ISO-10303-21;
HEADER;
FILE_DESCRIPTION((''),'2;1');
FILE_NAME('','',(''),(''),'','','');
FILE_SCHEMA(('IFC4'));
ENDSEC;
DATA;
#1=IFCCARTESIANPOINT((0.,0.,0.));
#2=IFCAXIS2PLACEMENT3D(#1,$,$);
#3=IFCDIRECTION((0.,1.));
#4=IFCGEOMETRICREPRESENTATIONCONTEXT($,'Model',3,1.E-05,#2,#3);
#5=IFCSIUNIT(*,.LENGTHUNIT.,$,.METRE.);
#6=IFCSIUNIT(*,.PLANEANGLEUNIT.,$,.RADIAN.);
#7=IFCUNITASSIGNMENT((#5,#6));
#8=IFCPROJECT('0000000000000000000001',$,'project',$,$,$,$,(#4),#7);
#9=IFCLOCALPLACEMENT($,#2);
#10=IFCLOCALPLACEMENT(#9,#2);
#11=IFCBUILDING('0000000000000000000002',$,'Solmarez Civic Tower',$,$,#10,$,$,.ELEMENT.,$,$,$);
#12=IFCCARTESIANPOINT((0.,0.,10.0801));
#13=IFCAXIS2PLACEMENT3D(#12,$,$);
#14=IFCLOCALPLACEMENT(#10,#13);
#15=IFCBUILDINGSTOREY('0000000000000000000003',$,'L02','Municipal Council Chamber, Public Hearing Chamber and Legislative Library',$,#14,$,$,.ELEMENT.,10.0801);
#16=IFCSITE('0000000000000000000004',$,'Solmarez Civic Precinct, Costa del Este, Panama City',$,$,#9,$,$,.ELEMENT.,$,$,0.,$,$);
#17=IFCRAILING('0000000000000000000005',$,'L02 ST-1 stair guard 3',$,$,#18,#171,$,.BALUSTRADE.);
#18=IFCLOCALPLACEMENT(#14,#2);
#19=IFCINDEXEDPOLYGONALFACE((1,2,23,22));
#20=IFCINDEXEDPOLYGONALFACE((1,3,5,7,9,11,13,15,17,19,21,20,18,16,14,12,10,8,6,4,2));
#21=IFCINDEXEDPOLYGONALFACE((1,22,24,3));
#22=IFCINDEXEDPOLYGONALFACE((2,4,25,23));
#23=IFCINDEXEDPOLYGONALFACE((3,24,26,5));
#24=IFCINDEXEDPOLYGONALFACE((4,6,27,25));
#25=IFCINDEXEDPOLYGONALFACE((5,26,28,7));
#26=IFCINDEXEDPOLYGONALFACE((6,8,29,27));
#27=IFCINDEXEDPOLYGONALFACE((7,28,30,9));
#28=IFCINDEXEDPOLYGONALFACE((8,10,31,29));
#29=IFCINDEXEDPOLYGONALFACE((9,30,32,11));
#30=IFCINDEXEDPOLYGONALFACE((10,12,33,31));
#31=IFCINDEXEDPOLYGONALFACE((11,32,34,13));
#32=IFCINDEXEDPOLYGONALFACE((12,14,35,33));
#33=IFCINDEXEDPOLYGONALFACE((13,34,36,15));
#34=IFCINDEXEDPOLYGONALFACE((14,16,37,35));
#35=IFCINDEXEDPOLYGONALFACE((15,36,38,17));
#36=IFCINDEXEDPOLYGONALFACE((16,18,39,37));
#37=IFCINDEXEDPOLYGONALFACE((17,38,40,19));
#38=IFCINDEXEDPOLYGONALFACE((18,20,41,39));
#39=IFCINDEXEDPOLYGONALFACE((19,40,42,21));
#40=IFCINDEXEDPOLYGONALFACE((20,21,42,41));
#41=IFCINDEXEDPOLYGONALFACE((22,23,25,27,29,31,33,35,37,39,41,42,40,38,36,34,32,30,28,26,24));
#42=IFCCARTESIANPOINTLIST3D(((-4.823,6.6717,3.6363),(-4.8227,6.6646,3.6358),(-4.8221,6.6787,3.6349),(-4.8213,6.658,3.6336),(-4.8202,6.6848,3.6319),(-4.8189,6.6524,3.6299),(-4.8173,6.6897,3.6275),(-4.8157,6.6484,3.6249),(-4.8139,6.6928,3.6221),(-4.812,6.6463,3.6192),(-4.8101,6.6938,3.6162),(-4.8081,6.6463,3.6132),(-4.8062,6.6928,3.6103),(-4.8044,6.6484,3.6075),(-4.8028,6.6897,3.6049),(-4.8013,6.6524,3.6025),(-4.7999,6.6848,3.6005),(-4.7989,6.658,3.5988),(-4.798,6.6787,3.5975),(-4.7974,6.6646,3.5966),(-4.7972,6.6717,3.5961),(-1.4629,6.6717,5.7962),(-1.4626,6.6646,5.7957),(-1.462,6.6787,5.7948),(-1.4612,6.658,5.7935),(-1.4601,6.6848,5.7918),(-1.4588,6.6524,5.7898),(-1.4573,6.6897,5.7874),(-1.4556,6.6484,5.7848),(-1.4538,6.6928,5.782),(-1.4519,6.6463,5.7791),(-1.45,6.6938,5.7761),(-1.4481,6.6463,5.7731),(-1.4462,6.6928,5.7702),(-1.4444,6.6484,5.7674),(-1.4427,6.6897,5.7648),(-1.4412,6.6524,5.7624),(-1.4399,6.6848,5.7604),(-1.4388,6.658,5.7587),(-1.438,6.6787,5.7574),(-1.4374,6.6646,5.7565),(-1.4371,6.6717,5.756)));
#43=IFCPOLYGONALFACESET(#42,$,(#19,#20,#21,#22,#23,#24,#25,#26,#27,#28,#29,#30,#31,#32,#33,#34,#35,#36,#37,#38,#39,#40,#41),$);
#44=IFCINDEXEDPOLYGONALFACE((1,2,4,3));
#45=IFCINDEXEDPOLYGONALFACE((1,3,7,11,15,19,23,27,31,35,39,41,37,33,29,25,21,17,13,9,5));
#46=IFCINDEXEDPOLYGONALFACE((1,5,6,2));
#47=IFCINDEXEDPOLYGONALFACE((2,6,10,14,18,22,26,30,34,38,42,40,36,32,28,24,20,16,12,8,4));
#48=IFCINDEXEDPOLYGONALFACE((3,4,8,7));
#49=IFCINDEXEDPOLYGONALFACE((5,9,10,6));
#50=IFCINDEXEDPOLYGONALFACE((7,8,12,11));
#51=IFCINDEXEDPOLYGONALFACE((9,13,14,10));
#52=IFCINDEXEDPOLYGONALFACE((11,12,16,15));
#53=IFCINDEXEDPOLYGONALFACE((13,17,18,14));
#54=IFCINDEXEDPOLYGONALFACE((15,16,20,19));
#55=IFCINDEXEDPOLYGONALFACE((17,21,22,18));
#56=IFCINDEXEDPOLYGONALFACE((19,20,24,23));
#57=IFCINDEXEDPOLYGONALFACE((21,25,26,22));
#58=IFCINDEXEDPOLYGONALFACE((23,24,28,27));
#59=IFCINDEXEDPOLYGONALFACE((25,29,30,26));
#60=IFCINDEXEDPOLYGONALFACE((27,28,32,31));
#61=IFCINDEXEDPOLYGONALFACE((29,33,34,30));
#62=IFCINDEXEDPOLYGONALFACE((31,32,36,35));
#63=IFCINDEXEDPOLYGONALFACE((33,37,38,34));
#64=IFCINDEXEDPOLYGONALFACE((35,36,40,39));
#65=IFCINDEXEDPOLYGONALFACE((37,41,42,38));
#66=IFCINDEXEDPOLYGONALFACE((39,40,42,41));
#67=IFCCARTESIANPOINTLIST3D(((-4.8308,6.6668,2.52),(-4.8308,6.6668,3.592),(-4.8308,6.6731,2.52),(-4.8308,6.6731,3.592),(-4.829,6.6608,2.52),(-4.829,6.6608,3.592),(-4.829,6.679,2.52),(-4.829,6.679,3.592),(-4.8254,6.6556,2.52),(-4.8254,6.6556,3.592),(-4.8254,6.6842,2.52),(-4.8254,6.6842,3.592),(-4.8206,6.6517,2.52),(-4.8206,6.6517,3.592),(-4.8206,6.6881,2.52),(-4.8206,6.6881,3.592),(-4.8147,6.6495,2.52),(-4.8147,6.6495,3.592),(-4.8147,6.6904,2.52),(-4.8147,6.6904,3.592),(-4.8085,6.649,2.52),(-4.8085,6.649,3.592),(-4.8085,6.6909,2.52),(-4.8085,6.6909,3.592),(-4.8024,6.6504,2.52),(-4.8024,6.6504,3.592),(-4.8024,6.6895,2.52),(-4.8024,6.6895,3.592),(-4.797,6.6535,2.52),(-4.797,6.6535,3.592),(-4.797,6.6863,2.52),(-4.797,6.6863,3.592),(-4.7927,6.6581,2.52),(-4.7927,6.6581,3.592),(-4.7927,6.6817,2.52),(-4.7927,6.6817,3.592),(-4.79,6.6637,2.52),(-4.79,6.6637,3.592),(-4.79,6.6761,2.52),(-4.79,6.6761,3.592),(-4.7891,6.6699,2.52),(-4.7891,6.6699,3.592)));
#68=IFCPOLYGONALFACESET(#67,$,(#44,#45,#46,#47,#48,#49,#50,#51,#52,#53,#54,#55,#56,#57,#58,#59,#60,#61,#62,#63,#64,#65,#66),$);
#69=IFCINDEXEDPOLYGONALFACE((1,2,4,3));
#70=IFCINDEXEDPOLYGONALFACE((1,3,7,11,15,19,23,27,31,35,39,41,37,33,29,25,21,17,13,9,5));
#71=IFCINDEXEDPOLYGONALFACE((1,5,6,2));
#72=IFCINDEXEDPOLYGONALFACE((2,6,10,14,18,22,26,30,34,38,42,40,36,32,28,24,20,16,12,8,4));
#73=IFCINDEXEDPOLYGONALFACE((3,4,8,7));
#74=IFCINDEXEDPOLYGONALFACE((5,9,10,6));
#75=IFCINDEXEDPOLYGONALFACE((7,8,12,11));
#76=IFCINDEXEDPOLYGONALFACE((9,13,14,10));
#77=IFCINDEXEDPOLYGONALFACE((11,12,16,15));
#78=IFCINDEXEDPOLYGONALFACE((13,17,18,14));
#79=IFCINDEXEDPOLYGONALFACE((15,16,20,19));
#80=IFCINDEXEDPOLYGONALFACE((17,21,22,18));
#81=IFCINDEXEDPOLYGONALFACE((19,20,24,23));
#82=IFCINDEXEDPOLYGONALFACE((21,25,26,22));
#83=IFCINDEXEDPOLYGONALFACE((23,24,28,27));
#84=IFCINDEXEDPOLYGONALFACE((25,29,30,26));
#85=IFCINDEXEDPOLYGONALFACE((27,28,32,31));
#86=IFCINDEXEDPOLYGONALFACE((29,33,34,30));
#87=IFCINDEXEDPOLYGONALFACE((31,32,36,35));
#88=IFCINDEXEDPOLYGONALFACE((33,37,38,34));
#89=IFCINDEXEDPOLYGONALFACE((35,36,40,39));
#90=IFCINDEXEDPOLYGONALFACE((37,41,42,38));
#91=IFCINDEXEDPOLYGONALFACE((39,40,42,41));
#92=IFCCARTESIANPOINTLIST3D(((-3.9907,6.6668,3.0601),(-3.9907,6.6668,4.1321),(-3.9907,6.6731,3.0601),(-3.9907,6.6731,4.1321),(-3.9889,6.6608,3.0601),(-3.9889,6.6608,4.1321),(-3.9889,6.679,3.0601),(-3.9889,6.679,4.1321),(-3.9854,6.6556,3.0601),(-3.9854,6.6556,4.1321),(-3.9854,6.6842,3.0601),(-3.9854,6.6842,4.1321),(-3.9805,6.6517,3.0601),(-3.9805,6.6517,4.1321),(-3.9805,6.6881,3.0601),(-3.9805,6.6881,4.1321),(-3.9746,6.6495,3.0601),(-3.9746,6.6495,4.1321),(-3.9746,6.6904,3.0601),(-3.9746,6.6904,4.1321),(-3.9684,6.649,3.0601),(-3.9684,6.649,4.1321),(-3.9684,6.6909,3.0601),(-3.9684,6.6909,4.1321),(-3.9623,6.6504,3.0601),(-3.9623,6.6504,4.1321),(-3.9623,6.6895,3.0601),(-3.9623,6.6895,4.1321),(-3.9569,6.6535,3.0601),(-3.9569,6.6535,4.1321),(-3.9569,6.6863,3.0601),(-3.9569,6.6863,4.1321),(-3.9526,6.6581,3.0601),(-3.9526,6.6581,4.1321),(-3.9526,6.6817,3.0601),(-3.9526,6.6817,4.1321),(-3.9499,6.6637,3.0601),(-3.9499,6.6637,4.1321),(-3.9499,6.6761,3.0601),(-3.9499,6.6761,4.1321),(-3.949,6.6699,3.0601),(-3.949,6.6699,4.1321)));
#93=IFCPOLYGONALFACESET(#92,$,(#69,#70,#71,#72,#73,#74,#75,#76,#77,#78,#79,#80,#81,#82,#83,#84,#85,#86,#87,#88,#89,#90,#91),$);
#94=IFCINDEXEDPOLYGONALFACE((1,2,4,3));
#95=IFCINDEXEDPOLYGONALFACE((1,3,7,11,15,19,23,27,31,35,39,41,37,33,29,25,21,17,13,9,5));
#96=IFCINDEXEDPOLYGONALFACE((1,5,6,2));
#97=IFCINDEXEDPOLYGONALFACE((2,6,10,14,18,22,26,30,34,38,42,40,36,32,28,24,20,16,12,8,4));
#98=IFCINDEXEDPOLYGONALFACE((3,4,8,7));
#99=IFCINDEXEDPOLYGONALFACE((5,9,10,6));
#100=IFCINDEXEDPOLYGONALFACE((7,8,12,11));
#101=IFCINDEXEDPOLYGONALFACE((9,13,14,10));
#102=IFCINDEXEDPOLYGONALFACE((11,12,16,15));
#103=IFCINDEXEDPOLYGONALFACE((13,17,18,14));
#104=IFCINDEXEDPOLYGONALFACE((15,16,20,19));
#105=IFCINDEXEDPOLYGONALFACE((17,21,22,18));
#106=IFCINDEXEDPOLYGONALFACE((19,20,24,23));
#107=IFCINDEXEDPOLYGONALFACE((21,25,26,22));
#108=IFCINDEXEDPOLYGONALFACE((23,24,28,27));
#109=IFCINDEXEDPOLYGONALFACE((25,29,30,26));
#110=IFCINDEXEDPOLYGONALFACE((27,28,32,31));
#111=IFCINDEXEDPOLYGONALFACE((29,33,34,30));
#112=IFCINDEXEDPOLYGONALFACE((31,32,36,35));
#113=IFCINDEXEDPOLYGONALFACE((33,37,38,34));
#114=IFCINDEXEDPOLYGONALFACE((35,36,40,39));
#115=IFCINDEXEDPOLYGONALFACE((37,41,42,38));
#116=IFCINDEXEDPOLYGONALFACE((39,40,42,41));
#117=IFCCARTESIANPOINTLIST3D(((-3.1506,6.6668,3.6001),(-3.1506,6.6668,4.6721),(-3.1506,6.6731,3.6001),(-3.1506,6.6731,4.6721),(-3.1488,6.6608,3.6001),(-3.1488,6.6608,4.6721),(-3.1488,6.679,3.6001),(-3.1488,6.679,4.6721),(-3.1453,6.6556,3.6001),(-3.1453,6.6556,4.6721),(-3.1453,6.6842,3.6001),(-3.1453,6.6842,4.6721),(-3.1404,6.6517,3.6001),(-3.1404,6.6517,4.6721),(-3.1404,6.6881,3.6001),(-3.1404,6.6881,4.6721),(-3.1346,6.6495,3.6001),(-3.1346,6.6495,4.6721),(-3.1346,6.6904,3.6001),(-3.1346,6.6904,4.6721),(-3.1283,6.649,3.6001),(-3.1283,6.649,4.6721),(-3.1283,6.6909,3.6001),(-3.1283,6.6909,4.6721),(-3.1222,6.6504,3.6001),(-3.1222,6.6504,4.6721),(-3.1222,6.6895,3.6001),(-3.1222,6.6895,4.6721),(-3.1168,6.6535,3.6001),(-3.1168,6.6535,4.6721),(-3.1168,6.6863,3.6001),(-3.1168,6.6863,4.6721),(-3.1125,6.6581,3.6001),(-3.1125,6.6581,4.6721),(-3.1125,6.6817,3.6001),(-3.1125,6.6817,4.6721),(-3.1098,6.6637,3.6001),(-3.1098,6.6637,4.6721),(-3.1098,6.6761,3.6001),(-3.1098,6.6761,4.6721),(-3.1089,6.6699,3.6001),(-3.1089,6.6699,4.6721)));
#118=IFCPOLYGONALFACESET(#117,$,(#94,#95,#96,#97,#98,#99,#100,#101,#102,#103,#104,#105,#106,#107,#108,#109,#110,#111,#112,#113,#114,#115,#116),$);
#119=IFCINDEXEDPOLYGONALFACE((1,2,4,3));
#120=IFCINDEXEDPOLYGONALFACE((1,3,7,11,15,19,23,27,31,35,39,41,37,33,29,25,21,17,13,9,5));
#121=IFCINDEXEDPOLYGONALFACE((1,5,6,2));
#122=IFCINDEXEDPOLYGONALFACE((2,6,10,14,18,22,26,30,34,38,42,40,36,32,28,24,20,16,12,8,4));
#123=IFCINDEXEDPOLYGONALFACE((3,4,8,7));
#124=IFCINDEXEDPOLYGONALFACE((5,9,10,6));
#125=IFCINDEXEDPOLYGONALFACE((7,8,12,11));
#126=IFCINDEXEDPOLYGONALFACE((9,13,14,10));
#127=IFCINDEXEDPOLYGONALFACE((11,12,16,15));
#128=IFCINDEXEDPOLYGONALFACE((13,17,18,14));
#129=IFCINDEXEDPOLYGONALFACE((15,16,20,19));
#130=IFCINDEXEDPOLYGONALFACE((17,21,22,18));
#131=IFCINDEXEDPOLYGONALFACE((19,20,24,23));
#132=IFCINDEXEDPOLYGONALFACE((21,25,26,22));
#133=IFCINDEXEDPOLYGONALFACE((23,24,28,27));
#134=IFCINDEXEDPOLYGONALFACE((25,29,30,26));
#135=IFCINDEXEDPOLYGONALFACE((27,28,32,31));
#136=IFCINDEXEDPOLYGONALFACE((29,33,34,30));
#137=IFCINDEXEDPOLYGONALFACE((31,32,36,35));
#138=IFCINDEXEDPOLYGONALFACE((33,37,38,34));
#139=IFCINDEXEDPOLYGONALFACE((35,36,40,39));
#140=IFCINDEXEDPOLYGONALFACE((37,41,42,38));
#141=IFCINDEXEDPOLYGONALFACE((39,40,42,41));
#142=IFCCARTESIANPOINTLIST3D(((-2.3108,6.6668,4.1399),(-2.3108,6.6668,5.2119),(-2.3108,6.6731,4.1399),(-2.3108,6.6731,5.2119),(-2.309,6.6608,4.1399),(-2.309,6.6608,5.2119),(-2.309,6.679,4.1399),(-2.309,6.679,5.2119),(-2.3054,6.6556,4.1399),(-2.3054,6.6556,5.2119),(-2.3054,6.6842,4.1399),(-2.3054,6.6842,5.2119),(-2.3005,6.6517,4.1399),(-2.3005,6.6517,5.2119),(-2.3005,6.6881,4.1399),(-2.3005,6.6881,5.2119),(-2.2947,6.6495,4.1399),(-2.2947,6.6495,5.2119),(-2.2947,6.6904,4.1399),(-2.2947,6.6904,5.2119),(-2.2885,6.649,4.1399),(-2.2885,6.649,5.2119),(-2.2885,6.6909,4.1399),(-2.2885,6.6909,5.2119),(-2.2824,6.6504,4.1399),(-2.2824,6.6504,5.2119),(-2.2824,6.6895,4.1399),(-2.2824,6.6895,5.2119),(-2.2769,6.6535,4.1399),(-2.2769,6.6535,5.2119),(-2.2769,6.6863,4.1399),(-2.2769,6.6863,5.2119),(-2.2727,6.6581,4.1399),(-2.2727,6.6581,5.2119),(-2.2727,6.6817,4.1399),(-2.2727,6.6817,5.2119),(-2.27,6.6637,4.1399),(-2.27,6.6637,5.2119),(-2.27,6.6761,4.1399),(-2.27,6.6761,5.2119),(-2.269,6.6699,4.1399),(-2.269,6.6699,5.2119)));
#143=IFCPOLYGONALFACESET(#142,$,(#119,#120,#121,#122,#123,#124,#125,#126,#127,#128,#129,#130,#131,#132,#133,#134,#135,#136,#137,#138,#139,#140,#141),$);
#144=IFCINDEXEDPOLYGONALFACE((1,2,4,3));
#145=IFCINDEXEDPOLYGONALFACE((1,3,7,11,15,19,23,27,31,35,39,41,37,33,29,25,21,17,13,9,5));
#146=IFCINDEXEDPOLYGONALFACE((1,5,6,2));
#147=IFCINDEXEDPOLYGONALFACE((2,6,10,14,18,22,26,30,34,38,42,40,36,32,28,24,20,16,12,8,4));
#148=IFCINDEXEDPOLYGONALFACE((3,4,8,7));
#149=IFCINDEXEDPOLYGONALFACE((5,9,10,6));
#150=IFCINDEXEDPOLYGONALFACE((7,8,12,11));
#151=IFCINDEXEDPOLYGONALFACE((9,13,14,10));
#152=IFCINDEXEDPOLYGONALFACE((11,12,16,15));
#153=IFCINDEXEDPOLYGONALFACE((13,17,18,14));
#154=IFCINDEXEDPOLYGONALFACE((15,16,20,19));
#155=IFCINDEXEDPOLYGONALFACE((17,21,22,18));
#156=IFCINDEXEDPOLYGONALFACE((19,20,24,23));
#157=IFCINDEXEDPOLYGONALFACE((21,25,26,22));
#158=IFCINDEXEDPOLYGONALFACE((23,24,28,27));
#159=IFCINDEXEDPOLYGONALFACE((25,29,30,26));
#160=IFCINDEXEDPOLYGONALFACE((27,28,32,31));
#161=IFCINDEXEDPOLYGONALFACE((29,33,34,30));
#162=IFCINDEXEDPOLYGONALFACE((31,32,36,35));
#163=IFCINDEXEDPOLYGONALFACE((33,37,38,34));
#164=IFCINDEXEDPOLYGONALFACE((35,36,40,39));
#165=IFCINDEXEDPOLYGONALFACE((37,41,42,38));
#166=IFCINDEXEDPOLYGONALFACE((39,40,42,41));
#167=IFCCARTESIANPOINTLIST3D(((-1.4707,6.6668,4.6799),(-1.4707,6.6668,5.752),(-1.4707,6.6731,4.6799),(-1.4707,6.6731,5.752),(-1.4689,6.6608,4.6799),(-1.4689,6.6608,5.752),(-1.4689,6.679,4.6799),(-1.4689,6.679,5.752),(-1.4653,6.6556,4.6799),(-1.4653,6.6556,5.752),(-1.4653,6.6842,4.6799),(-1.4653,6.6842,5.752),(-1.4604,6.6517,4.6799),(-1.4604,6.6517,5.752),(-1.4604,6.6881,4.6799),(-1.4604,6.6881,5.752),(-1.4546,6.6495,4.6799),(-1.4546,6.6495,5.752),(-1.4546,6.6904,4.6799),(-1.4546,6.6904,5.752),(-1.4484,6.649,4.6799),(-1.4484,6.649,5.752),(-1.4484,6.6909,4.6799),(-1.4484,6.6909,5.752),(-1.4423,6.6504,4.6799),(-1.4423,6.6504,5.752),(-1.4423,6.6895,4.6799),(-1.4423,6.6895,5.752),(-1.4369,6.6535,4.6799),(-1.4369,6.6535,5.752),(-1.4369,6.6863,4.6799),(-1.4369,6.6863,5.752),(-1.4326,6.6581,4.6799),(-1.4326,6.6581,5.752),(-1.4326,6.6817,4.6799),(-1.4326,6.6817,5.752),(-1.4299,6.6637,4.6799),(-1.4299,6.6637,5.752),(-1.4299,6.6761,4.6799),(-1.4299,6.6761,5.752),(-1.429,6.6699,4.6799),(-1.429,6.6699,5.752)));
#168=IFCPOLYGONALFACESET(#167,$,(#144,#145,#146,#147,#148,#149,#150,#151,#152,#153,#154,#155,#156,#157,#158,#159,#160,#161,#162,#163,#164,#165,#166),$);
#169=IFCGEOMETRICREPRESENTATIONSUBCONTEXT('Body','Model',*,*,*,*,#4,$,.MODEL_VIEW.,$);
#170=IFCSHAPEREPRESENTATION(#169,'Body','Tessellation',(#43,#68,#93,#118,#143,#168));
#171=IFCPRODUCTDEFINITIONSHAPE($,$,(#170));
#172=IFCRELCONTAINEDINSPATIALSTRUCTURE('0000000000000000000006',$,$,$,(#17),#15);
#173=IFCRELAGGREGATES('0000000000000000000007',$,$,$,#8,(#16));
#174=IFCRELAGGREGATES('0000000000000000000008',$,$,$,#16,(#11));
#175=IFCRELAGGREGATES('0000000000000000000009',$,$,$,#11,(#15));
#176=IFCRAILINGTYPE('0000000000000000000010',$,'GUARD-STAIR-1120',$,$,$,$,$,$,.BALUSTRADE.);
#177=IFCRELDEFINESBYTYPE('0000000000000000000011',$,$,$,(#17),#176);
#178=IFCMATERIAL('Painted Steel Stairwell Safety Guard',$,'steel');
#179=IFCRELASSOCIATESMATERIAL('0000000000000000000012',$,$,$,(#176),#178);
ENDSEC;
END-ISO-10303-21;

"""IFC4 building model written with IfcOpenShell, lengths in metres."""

from ifc_helpers import new_model, si_unit, direction, frame, origin, origin_2d, place, context, subcontext, project, spatial, circle, extrude, material, type_object, element, save


model = new_model("IFC4")

# Units and contexts
model_context = context("Model", 3, precision=1e-05, world=origin(), true_north=direction((0.0, 1.0)))
body_context = subcontext(model_context, "Body", "Model", "MODEL_VIEW")
ifc_project = project(units=[si_unit("LENGTHUNIT", "METRE"), si_unit("PLANEANGLEUNIT", "RADIAN")], contexts=[model_context])

# Site, building, storey
site_placement = place(None, origin())
site = spatial("IfcSite", under=ifc_project, at=site_placement, Name="Solmarez Civic Precinct, Costa del Este, Panama City", CompositionType="ELEMENT", RefElevation=0.0)
building_placement = place(site_placement, origin())
building = spatial("IfcBuilding", under=site, at=building_placement, Name="Solmarez Civic Tower", CompositionType="ELEMENT")
storey_placement = place(building_placement, frame((0.0, 0.0, 10.0801)))
storey = spatial("IfcBuildingStorey", under=building, at=storey_placement, Name="L02", Description="Municipal Council Chamber, Public Hearing Chamber and Legislative Library", CompositionType="ELEMENT", Elevation=10.0801)

# Railing
ifc_material_1 = material(Name="Painted Steel Stairwell Safety Guard", Category="steel")
railing_type_1 = type_object("IfcRailingType", Name="GUARD-STAIR-1120", PredefinedType="BALUSTRADE", material=ifc_material_1)
railing_1_placement = place(storey_placement, frame((-4.8101, 6.6699, 2.52)))
element("IfcRailing", 1, at=railing_1_placement, inside=storey, type_object=railing_type_1, Name="L02 ST-1 stair guard 3", PredefinedType="BALUSTRADE", context=body_context, shape_type="SweptSolid", body=[
    extrude(circle(Radius=0.0239, at=origin_2d()), frame((0.0, 0.0, 1.0962), z_axis=(0.841196, 0.0, 0.54073), x_axis=(0.0, 1.0, 0.0)), (0.0, 0.0, 1.0), 3.9944),
    extrude(circle(Radius=0.021, at=origin_2d()), origin(), (0.0, 0.0, 1.0), 1.072),
    extrude(circle(Radius=0.021, at=origin_2d()), frame((0.8401, 0.0, 0.54)), (0.0, 0.0, 1.0), 1.072),
    extrude(circle(Radius=0.021, at=origin_2d()), frame((1.6802, 0.0, 1.0801)), (0.0, 0.0, 1.0), 1.072),
    extrude(circle(Radius=0.021, at=origin_2d()), frame((2.52, 0.0, 1.6199)), (0.0, 0.0, 1.0), 1.072),
    extrude(circle(Radius=0.021, at=origin_2d()), frame((3.3601, 0.0, 2.1599)), (0.0, 0.0, 1.0), 1.072),
])

save(model, "model.ifc")
